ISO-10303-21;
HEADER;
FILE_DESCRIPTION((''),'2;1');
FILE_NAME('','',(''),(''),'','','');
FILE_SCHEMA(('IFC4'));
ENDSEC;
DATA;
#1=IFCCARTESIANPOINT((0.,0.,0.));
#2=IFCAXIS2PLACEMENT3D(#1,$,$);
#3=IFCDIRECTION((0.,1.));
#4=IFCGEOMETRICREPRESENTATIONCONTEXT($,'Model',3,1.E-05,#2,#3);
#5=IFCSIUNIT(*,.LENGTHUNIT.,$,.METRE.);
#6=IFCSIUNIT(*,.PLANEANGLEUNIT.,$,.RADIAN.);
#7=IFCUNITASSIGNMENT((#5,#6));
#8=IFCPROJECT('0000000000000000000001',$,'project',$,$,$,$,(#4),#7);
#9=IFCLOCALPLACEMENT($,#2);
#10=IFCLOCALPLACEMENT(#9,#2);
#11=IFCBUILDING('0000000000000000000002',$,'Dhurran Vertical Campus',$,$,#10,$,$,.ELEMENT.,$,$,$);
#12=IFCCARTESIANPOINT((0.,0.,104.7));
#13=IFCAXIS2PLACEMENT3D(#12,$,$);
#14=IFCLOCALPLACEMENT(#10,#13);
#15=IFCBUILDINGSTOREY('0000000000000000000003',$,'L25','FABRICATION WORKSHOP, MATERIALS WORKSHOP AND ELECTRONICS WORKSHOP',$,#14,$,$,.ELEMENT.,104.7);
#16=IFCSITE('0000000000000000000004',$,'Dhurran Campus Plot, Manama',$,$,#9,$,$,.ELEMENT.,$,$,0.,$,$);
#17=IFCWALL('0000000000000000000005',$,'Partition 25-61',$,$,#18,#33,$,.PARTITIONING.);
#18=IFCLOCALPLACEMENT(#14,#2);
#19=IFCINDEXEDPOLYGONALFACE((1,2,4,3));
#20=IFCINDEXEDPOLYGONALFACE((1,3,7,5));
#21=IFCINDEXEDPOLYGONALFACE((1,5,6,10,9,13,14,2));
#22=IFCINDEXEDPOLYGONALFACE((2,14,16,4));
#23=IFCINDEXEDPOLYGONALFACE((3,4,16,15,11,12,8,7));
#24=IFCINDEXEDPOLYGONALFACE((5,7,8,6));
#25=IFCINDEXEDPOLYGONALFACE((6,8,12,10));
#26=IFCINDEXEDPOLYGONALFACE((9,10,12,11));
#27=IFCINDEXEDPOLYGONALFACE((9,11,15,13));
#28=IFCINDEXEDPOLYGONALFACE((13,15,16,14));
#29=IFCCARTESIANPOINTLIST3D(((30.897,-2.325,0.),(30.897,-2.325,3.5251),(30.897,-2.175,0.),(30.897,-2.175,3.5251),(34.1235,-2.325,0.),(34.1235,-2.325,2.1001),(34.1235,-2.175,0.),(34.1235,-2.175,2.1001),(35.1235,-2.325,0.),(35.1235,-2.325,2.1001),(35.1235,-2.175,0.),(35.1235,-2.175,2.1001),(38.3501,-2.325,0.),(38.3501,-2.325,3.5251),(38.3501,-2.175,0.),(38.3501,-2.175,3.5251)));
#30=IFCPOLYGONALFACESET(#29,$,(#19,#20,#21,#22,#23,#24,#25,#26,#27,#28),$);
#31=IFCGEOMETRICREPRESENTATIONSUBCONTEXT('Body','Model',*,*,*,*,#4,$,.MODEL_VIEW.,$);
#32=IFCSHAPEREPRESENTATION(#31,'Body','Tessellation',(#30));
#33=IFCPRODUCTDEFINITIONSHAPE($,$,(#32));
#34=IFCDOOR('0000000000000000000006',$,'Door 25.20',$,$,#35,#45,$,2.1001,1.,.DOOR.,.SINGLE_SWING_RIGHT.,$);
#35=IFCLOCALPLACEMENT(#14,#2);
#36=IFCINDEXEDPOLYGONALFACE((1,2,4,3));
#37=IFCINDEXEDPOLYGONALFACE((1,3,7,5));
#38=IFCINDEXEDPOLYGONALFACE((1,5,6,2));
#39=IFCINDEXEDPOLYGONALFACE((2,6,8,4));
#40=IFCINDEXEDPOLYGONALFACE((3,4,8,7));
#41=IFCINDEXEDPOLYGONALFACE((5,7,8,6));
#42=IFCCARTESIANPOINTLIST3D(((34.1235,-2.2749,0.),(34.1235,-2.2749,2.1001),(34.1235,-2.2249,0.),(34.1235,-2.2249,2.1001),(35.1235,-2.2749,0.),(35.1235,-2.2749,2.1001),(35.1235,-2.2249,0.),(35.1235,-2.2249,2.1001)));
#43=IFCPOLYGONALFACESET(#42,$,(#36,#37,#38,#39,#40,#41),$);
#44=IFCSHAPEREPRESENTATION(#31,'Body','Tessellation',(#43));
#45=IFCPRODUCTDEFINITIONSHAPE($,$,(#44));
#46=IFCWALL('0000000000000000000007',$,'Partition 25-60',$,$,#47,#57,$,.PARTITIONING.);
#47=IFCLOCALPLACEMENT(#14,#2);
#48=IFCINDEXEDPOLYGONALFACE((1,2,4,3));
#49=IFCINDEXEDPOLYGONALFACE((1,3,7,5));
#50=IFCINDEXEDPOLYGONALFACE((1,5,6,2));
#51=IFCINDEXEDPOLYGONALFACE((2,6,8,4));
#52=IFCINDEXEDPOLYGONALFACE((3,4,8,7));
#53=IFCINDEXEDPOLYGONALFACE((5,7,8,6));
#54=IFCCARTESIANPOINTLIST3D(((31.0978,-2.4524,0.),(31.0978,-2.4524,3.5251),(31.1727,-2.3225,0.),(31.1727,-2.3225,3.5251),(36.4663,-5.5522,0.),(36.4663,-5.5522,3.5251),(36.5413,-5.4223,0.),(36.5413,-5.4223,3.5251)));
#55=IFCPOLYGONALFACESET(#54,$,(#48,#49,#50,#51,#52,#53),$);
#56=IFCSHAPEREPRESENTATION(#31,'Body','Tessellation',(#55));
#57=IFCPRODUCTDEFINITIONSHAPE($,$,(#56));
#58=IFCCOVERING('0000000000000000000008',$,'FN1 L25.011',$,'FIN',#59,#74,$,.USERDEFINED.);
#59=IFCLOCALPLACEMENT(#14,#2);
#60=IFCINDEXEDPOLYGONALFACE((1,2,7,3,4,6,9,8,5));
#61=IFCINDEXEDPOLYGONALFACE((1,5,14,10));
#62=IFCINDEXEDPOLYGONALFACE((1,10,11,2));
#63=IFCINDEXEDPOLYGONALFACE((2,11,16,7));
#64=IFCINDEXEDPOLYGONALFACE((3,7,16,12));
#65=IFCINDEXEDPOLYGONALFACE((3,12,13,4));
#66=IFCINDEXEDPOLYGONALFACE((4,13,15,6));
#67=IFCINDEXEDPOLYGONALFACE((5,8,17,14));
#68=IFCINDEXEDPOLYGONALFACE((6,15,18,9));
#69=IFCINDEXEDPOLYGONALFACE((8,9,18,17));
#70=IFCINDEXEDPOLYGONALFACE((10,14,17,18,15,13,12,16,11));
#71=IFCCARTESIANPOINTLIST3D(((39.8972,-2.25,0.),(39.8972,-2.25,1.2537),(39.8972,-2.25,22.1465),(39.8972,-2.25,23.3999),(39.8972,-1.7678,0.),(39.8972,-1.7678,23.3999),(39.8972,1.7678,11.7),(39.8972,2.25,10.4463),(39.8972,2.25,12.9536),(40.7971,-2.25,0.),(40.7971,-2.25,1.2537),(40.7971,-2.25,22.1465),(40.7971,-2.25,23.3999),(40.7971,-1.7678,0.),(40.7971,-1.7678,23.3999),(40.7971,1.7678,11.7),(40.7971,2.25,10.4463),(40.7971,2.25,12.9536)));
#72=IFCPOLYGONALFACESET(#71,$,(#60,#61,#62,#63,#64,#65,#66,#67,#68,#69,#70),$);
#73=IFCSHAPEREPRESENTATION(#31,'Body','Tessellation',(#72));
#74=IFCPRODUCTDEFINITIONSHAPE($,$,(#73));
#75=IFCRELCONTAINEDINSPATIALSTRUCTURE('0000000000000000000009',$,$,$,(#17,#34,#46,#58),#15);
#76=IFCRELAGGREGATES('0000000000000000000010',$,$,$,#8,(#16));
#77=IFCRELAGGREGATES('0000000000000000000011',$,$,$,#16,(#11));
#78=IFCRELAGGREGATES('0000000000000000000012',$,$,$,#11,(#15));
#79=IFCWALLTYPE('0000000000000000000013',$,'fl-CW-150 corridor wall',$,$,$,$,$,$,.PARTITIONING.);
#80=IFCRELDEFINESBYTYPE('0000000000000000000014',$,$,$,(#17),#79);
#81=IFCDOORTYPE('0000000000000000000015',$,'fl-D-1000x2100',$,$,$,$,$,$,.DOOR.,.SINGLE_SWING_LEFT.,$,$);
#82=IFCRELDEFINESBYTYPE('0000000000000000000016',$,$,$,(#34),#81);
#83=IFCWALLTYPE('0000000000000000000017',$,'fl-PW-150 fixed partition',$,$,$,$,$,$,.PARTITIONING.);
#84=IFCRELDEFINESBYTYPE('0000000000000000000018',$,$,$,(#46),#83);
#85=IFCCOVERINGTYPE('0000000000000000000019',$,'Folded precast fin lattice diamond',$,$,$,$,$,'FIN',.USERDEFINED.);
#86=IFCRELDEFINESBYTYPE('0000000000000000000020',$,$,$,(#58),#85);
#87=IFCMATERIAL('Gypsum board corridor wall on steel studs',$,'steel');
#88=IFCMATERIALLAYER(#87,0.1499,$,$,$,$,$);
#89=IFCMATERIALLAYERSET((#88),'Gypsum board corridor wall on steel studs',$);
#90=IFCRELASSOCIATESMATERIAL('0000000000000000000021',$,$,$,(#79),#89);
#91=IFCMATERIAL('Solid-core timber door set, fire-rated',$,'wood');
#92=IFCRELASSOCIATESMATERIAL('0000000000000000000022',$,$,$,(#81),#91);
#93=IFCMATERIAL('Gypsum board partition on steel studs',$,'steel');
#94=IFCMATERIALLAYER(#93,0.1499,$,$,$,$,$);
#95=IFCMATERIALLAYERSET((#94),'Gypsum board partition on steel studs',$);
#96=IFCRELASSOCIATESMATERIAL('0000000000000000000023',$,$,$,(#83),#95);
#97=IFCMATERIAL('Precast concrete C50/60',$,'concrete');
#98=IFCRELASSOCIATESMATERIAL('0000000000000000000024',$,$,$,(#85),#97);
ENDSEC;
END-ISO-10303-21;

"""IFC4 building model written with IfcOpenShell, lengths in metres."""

from ifc_helpers import new_model, si_unit, direction, frame, frame_2d, origin, place, context, subcontext, project, spatial, polyline, rectangle, outline, extrude, material, layer, layer_set, type_object, element, fill, save


model = new_model("IFC4")

# Units and contexts
model_context = context("Model", 3, precision=1e-05, world=origin(), true_north=direction((0.0, 1.0)))
body_context = subcontext(model_context, "Body", "Model", "MODEL_VIEW")
ifc_project = project(units=[si_unit("LENGTHUNIT", "METRE"), si_unit("PLANEANGLEUNIT", "RADIAN")], contexts=[model_context])

# Site, building, storey
site_placement = place(None, origin())
site = spatial("IfcSite", under=ifc_project, at=site_placement, Name="Dhurran Campus Plot, Manama", CompositionType="ELEMENT", RefElevation=0.0)
building_placement = place(site_placement, origin())
building = spatial("IfcBuilding", under=site, at=building_placement, Name="Dhurran Vertical Campus", CompositionType="ELEMENT")
storey_placement = place(building_placement, frame((0.0, 0.0, 104.7)))
storey = spatial("IfcBuildingStorey", under=building, at=storey_placement, Name="L25", Description="FABRICATION WORKSHOP, MATERIALS WORKSHOP AND ELECTRONICS WORKSHOP", CompositionType="ELEMENT", Elevation=104.7)

# Wall, opening, door
ifc_material_1 = material(Name="Gypsum board corridor wall on steel studs", Category="steel")
ifc_layer_1 = layer(ifc_material_1, 0.1499)
ifc_layer_set_1 = layer_set([ifc_layer_1], Name="Gypsum board corridor wall on steel studs")
wall_type_1 = type_object("IfcWallType", Name="fl-CW-150 corridor wall", PredefinedType="PARTITIONING", material=ifc_layer_set_1)
wall_1_placement = place(storey_placement, frame((38.3501, -2.25, 0.0), z_axis=(0.0, 0.0, 1.0), x_axis=(-1.0, 0.0, 0.0)))
wall_1 = element("IfcWall", 1, at=wall_1_placement, inside=storey, type_object=wall_type_1, Name="Partition 25-61", PredefinedType="PARTITIONING", context=body_context, shape_type="SweptSolid", body=[
    extrude(rectangle(XDim=7.4531, YDim=0.1499, at=frame_2d((3.7266, 0.0))), origin(), (0.0, 0.0, 1.0), 3.5251),
])
opening_1_placement = place(wall_1_placement, frame((3.2266, 0.0, 0.0)))
opening_1 = element("IfcOpeningElement", 2, at=opening_1_placement, cuts=wall_1, PredefinedType="OPENING", context=body_context, shape_type="SweptSolid", body=[
    extrude(rectangle(XDim=1.0, YDim=2.1001, at=frame_2d((0.5, 1.05))), frame((0.0, 0.085, 0.0), z_axis=(0.0, -1.0, 0.0), x_axis=(1.0, 0.0, 0.0)), (0.0, 0.0, 1.0), 0.1699),
])
ifc_material_2 = material(Name="Solid-core timber door set, fire-rated", Category="wood")
door_type = type_object("IfcDoorType", Name="fl-D-1000x2100", OperationType="SINGLE_SWING_LEFT", PredefinedType="DOOR", material=ifc_material_2)
door_placement = place(opening_1_placement, origin())
door = element("IfcDoor", 3, at=door_placement, inside=storey, type_object=door_type, Name="Door 25.20", OperationType="SINGLE_SWING_RIGHT", OverallHeight=2.1001, OverallWidth=1.0, PredefinedType="DOOR", context=body_context, shape_type="SweptSolid", body=[
    extrude(rectangle(XDim=1.0, YDim=2.1001, at=frame_2d((0.5, 1.05))), frame((0.0, 0.0249, 0.0), z_axis=(0.0, -1.0, 0.0), x_axis=(1.0, 0.0, 0.0)), (0.0, 0.0, 1.0), 0.05),
])
fill(opening_1, door)

# Wall
ifc_material_3 = material(Name="Gypsum board partition on steel studs", Category="steel")
ifc_layer_2 = layer(ifc_material_3, 0.1499)
ifc_layer_set_2 = layer_set([ifc_layer_2], Name="Gypsum board partition on steel studs")
wall_type_2 = type_object("IfcWallType", Name="fl-PW-150 fixed partition", PredefinedType="PARTITIONING", material=ifc_layer_set_2)
wall_2_placement = place(storey_placement, frame((31.1353, -2.3875, 0.0), z_axis=(0.0, 0.0, 1.0), x_axis=(0.866007, -0.500032, 0.0)))
element("IfcWall", 4, at=wall_2_placement, inside=storey, type_object=wall_type_2, Name="Partition 25-60", PredefinedType="PARTITIONING", context=body_context, shape_type="SweptSolid", body=[
    extrude(rectangle(XDim=6.1992, YDim=0.1499, at=frame_2d((3.0996, 0.0))), origin(), (0.0, 0.0, 1.0), 3.5251),
])

# Covering
ifc_material_4 = material(Name="Precast concrete C50/60", Category="concrete")
covering_type = type_object("IfcCoveringType", Name="Folded precast fin lattice diamond", ElementType="FIN", PredefinedType="USERDEFINED", material=ifc_material_4)
covering_1_placement = place(storey_placement, frame((39.8972, -2.25, 0.0), z_axis=(1.0, 0.0, 0.0), x_axis=(0.0, 1.0, 0.0)))
element("IfcCovering", 5, at=covering_1_placement, inside=storey, type_object=covering_type, Name="FN1 L25.011", ObjectType="FIN", PredefinedType="USERDEFINED", context=body_context, shape_type="SweptSolid", body=[
    extrude(outline(polyline([(4.5, 10.4463), (0.4822, 0.0), (0.0, 0.0), (0.0, 1.2537), (4.0178, 11.7), (0.0, 22.1465), (0.0, 23.3999), (0.4822, 23.3999), (4.5, 12.9536), (4.5, 10.4463)])), origin(), (0.0, 0.0, 1.0), 0.8999),
])

save(model, "model.ifc")
